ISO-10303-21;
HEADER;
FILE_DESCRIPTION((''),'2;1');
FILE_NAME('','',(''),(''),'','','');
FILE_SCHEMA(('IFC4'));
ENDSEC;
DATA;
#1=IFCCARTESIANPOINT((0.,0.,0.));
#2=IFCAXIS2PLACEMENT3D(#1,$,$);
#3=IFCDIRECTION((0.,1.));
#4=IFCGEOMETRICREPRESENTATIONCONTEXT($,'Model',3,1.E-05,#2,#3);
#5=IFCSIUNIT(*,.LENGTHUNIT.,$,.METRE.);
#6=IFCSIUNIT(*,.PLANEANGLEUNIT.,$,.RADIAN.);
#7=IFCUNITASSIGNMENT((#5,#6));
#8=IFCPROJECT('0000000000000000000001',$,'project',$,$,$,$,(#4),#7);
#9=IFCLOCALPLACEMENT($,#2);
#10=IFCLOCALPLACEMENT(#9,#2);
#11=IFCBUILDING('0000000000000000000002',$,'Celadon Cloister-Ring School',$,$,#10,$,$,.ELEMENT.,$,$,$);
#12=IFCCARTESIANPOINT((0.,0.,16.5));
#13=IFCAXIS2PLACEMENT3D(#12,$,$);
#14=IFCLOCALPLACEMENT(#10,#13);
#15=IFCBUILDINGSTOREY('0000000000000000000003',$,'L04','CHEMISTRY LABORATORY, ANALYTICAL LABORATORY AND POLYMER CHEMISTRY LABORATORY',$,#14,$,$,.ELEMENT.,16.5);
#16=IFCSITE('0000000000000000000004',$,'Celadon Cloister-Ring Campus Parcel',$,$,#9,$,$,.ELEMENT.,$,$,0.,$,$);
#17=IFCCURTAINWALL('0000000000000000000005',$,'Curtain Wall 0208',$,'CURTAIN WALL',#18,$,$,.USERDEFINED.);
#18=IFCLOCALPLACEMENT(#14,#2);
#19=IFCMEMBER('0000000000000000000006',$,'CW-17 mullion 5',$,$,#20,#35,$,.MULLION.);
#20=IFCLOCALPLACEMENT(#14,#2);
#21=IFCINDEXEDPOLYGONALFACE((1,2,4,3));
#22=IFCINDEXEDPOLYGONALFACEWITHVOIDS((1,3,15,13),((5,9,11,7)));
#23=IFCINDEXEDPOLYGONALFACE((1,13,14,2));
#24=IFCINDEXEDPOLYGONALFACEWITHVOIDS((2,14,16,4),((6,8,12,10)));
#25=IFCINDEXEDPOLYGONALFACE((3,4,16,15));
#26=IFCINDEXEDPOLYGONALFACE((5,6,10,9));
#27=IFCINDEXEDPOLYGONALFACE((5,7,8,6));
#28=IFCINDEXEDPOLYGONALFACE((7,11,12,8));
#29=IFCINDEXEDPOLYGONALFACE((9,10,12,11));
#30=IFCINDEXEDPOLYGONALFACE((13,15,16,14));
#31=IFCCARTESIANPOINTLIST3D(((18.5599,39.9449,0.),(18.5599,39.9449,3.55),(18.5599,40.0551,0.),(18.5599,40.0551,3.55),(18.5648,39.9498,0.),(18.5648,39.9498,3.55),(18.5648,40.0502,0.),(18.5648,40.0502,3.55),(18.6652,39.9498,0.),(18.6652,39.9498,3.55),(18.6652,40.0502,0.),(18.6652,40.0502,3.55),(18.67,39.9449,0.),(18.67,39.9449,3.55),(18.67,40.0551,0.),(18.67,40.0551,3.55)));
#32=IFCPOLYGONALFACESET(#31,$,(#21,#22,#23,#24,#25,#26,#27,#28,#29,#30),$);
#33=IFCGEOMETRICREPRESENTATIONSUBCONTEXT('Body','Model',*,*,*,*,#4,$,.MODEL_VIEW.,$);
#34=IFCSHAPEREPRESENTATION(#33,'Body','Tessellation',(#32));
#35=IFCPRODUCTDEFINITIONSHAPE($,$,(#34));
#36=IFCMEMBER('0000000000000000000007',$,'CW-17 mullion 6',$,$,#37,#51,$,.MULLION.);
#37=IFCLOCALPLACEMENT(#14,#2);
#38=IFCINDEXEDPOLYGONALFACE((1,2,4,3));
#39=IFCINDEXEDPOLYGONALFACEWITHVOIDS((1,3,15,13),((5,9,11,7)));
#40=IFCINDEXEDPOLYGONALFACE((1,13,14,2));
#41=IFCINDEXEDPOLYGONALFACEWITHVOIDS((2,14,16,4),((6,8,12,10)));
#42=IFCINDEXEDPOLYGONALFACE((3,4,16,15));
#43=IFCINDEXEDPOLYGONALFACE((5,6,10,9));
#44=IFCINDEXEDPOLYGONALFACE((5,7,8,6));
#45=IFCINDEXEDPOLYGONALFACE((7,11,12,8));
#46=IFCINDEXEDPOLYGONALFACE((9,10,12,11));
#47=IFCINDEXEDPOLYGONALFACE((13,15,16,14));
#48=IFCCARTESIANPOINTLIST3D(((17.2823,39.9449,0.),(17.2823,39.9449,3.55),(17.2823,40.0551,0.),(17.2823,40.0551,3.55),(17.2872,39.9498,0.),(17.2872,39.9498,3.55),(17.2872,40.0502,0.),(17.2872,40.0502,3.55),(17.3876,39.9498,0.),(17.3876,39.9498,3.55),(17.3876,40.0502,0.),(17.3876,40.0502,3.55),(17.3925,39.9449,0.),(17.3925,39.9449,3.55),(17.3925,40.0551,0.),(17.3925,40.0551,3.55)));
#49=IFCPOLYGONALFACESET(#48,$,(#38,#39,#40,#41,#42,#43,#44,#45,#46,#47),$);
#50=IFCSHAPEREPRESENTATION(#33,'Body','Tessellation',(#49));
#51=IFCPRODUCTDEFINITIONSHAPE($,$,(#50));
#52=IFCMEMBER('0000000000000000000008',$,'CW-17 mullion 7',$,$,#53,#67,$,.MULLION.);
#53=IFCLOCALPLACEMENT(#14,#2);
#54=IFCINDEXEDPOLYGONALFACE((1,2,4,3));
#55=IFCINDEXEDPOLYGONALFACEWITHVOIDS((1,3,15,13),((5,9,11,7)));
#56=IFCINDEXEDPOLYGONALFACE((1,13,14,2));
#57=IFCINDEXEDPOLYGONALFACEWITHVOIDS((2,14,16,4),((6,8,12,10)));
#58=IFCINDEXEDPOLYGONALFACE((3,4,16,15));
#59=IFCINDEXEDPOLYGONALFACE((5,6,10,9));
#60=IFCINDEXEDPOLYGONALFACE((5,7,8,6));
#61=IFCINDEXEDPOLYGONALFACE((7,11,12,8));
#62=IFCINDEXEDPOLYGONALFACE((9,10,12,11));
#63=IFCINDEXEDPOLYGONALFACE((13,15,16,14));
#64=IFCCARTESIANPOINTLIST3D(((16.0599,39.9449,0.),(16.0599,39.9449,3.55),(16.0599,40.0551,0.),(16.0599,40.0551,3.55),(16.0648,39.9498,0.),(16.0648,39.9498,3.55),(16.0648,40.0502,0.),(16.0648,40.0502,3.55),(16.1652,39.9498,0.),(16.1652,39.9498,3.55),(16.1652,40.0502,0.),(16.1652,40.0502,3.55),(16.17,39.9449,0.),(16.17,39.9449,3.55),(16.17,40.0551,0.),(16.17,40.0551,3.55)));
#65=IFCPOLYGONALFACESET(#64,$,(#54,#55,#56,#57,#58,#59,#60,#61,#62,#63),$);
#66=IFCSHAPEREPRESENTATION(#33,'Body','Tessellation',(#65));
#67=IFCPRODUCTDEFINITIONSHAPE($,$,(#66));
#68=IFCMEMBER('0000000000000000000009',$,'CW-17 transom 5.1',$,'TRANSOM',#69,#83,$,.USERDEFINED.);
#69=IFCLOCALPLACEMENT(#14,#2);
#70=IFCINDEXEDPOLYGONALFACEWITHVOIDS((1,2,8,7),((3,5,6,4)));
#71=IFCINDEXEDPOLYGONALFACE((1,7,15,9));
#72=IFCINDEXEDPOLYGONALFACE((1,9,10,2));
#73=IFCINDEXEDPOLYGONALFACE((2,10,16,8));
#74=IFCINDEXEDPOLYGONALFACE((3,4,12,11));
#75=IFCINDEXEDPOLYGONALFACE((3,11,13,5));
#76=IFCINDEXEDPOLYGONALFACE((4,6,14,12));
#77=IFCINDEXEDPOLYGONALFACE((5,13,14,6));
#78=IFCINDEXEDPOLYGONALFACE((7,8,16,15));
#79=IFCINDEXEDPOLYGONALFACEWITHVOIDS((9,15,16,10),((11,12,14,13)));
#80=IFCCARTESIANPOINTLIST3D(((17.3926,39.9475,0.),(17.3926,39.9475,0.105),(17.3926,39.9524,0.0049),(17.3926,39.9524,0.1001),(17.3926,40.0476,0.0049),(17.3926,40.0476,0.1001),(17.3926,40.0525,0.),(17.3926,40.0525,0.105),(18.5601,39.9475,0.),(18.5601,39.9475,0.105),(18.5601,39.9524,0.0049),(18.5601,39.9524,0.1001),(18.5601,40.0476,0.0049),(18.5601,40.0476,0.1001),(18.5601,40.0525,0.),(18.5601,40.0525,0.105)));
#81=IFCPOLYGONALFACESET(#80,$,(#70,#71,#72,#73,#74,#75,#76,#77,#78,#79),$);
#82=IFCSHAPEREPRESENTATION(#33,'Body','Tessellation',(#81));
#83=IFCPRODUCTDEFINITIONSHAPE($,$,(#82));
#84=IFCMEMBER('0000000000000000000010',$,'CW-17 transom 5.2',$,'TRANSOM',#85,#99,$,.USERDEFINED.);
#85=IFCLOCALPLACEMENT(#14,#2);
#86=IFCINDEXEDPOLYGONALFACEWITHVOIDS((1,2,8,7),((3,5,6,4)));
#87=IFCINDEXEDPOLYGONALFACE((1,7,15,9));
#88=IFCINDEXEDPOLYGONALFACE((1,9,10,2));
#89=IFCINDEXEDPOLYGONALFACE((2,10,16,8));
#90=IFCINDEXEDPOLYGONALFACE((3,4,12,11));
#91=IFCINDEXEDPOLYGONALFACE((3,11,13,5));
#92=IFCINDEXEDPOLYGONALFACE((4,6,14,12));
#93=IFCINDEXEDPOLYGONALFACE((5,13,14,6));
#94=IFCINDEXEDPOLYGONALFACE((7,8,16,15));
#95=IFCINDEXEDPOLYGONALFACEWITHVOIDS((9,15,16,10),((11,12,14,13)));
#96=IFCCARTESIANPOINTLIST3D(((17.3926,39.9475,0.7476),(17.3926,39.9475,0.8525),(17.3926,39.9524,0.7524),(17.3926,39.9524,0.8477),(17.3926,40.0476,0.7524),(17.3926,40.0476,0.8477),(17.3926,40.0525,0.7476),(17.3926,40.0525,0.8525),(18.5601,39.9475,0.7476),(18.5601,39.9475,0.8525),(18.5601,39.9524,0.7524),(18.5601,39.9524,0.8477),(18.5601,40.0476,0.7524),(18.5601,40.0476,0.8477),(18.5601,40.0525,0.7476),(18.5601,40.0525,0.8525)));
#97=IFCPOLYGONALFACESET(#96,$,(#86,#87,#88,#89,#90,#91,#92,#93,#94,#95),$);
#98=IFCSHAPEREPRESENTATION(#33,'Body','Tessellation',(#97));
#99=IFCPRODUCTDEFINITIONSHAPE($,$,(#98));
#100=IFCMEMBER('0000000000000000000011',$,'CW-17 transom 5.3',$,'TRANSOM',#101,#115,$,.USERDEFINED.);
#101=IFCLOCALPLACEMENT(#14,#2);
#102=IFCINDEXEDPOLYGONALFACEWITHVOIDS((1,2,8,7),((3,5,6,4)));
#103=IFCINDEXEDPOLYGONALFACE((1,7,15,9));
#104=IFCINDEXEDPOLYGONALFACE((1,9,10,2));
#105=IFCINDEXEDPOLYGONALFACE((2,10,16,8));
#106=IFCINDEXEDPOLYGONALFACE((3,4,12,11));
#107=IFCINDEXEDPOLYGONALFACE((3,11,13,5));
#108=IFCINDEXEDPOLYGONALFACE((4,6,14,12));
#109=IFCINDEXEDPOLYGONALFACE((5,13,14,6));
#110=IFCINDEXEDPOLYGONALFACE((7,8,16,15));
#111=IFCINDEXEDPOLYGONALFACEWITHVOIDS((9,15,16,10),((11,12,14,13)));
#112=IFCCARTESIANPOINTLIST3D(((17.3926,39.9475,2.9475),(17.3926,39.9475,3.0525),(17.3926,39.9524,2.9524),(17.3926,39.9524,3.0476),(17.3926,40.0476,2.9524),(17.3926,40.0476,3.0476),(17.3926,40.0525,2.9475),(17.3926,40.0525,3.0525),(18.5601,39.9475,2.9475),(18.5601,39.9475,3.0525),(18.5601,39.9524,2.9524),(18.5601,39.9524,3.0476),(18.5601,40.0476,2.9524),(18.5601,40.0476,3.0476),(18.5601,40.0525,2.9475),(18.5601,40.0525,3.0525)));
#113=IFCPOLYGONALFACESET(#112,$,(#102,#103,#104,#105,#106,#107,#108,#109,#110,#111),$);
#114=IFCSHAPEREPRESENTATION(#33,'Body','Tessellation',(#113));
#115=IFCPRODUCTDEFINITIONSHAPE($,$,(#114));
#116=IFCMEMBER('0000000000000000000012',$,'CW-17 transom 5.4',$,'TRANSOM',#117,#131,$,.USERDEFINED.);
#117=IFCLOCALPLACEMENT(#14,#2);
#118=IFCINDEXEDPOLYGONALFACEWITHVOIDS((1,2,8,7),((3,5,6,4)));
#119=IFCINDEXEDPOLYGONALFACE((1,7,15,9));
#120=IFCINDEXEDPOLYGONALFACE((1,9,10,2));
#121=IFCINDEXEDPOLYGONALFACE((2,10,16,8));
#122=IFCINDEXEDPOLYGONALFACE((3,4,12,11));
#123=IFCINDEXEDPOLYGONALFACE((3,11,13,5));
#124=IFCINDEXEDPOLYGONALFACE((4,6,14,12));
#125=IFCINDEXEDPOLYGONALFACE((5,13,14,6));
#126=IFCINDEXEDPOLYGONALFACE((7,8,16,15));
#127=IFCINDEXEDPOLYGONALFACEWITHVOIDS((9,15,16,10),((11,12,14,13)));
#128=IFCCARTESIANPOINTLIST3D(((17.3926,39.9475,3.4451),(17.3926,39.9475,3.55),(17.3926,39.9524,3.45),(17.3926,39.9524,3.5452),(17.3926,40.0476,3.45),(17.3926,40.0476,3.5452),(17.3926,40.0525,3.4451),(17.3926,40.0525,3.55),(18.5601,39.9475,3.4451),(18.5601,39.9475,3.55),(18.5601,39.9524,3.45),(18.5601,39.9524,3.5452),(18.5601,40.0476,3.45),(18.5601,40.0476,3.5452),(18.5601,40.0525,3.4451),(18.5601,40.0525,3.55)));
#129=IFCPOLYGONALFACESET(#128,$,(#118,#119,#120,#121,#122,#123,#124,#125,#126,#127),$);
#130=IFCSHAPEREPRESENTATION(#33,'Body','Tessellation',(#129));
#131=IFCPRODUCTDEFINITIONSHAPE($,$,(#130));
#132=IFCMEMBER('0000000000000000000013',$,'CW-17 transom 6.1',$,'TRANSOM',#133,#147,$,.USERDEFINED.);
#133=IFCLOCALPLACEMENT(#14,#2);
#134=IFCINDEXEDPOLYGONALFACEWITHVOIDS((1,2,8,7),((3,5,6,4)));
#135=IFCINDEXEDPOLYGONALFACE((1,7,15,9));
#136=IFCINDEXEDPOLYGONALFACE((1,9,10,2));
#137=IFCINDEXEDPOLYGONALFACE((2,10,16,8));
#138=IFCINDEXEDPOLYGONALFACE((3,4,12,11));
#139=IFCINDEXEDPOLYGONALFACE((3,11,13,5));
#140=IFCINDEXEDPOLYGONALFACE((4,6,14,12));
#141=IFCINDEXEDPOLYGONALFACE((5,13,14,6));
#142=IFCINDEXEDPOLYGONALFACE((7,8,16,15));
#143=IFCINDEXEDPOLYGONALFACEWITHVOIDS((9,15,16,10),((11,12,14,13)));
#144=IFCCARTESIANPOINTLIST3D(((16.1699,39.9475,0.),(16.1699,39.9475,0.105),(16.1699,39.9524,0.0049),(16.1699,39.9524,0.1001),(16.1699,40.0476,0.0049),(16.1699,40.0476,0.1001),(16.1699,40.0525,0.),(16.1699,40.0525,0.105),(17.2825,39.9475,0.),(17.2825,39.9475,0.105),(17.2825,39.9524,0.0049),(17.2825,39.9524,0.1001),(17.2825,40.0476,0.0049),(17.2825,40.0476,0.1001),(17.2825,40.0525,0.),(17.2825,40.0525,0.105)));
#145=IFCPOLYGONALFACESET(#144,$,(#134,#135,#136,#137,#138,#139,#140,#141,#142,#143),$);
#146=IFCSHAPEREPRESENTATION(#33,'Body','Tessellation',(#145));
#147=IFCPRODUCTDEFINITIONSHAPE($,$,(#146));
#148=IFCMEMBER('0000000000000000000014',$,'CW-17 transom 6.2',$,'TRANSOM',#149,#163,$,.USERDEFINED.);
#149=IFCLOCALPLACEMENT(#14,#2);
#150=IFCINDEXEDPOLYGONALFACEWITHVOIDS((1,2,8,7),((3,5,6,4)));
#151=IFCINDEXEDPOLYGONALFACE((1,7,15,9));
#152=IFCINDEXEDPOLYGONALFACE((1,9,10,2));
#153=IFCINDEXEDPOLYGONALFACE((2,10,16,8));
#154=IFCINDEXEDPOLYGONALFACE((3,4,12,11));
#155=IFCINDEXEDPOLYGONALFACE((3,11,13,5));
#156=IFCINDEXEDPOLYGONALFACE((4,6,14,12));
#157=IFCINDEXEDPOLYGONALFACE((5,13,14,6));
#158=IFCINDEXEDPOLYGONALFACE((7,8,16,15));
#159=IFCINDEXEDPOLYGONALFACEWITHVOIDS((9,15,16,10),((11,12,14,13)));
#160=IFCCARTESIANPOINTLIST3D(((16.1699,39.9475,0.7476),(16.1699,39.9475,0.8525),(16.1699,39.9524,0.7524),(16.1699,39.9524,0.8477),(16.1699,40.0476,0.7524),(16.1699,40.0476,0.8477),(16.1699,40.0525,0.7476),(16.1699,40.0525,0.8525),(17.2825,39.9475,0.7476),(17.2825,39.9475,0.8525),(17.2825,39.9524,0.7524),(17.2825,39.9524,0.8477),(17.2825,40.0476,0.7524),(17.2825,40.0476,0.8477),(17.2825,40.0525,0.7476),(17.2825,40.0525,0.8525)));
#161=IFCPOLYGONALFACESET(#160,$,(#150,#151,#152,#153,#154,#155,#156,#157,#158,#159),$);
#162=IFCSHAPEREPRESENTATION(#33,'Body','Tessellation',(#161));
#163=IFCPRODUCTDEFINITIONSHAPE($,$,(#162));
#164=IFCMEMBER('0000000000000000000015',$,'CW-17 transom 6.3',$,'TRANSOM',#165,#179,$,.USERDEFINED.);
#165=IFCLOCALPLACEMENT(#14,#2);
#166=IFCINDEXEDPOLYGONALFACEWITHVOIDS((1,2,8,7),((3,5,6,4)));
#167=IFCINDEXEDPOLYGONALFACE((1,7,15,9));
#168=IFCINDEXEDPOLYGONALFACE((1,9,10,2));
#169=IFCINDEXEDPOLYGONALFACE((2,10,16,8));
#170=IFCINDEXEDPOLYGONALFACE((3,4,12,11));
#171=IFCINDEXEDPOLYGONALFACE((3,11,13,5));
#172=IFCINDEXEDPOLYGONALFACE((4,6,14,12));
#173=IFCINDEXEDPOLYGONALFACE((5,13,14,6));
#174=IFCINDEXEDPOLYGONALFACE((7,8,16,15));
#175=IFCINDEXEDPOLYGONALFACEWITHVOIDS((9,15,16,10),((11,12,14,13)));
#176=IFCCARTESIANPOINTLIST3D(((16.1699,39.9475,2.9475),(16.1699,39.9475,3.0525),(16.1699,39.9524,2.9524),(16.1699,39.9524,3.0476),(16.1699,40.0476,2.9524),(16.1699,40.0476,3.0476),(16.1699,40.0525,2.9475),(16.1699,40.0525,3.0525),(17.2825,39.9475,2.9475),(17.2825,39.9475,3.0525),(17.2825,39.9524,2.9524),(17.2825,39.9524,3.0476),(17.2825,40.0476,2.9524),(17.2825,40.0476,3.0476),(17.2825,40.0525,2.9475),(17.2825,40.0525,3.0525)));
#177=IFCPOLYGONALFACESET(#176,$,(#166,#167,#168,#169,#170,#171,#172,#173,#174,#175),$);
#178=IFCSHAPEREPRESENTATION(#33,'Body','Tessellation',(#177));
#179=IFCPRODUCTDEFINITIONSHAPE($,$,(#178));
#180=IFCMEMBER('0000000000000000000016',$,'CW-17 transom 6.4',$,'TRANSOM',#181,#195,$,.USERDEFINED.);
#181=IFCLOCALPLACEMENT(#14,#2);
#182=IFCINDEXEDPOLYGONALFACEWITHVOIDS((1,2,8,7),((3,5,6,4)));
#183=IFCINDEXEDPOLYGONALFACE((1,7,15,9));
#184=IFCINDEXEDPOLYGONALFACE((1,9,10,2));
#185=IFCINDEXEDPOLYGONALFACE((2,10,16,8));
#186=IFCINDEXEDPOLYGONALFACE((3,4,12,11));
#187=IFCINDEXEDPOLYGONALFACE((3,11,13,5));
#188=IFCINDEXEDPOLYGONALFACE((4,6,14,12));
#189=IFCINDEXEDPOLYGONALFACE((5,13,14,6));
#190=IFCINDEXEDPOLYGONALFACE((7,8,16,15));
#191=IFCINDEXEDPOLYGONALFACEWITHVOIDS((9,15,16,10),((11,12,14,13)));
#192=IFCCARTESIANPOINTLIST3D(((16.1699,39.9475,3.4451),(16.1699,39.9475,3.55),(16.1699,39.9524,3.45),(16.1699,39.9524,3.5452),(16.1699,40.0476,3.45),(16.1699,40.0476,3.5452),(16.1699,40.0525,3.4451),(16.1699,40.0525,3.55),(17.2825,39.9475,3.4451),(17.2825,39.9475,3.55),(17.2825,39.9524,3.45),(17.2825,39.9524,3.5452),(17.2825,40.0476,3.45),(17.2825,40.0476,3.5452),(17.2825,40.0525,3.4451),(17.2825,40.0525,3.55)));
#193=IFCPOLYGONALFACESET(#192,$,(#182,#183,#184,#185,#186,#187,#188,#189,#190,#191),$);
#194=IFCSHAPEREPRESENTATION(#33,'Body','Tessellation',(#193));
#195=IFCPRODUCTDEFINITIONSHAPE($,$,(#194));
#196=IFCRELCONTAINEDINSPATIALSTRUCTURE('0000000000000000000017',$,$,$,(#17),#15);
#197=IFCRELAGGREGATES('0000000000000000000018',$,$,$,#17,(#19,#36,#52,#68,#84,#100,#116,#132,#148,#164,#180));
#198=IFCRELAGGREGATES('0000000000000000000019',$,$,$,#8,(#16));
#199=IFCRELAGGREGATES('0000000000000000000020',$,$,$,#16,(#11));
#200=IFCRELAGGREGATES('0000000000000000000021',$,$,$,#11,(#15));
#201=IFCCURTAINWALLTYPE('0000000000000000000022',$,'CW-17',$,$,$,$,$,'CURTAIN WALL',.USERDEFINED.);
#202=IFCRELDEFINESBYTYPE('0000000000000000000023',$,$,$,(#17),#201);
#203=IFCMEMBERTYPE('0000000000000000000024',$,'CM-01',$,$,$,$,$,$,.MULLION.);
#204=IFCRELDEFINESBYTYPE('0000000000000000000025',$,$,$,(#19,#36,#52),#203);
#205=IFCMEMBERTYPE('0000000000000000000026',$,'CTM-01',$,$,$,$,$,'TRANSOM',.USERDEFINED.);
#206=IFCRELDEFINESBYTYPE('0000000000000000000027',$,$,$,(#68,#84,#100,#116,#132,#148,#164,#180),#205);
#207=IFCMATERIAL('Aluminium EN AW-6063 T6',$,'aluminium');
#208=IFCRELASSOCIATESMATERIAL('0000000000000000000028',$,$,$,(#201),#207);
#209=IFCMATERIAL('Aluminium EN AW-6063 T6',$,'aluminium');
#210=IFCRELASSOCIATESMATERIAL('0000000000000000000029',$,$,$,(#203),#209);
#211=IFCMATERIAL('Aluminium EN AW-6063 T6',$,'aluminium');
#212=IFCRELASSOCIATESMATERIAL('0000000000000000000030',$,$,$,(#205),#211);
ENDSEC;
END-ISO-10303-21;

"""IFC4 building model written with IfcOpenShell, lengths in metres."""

from ifc_helpers import new_model, si_unit, direction, frame, origin, origin_2d, place, context, subcontext, project, spatial, hollow_rectangle, extrude, material, material_profile, profile_set, type_object, element, aggregate, save


model = new_model("IFC4")

# Units and contexts
model_context = context("Model", 3, precision=1e-05, world=origin(), true_north=direction((0.0, 1.0)))
body_context = subcontext(model_context, "Body", "Model", "MODEL_VIEW")
ifc_project = project(units=[si_unit("LENGTHUNIT", "METRE"), si_unit("PLANEANGLEUNIT", "RADIAN")], contexts=[model_context])

# Site, building, storey
site_placement = place(None, origin())
site = spatial("IfcSite", under=ifc_project, at=site_placement, Name="Celadon Cloister-Ring Campus Parcel", CompositionType="ELEMENT", RefElevation=0.0)
building_placement = place(site_placement, origin())
building = spatial("IfcBuilding", under=site, at=building_placement, Name="Celadon Cloister-Ring School", CompositionType="ELEMENT")
storey_placement = place(building_placement, frame((0.0, 0.0, 16.5)))
storey = spatial("IfcBuildingStorey", under=building, at=storey_placement, Name="L04", Description="CHEMISTRY LABORATORY, ANALYTICAL LABORATORY AND POLYMER CHEMISTRY LABORATORY", CompositionType="ELEMENT", Elevation=16.5)

# Curtain wall, members
ifc_material_1 = material(Name="Aluminium EN AW-6063 T6", Category="aluminium")
curtain_wall_type = type_object("IfcCurtainWallType", Name="CW-17", ElementType="CURTAIN WALL", PredefinedType="USERDEFINED", material=ifc_material_1)
curtain_wall_placement = place(storey_placement, origin())
curtain_wall = element("IfcCurtainWall", 1, at=curtain_wall_placement, inside=storey, type_object=curtain_wall_type, Name="Curtain Wall 0208", ObjectType="CURTAIN WALL", PredefinedType="USERDEFINED")
ifc_material_2 = material(Name="Aluminium EN AW-6063 T6", Category="aluminium")
ifc_material_profile_1 = material_profile(ifc_material_2, hollow_rectangle(XDim=0.1101, YDim=0.1101, WallThickness=0.0049, at=origin_2d()), Name="RHS110X110X5")
ifc_profile_set_1 = profile_set([ifc_material_profile_1], Name="Aluminium EN AW-6063 T6")
member_type_1 = type_object("IfcMemberType", Name="CM-01", PredefinedType="MULLION", material=ifc_profile_set_1)
member_1_placement = place(storey_placement, frame((18.615, 40.0, 0.0), z_axis=(0.0, 0.0, 1.0), x_axis=(0.0, -1.0, 0.0)))
member_1 = element("IfcMember", 2, at=member_1_placement, type_object=member_type_1, Name="CW-17 mullion 5", PredefinedType="MULLION", context=body_context, shape_type="SweptSolid", body=[
    extrude(hollow_rectangle(XDim=0.1101, YDim=0.1101, WallThickness=0.0049, at=origin_2d()), origin(), (0.0, 0.0, 1.0), 3.55),
])
member_2_placement = place(storey_placement, frame((17.3374, 40.0, 0.0), z_axis=(0.0, 0.0, 1.0), x_axis=(0.0, -1.0, 0.0)))
member_2 = element("IfcMember", 3, at=member_2_placement, type_object=member_type_1, Name="CW-17 mullion 6", PredefinedType="MULLION", context=body_context, shape_type="SweptSolid", body=[
    extrude(hollow_rectangle(XDim=0.1101, YDim=0.1101, WallThickness=0.0049, at=origin_2d()), origin(), (0.0, 0.0, 1.0), 3.55),
])
member_3_placement = place(storey_placement, frame((16.115, 40.0, 0.0), z_axis=(0.0, 0.0, 1.0), x_axis=(0.0, -1.0, 0.0)))
member_3 = element("IfcMember", 4, at=member_3_placement, type_object=member_type_1, Name="CW-17 mullion 7", PredefinedType="MULLION", context=body_context, shape_type="SweptSolid", body=[
    extrude(hollow_rectangle(XDim=0.1101, YDim=0.1101, WallThickness=0.0049, at=origin_2d()), origin(), (0.0, 0.0, 1.0), 3.55),
])
ifc_material_3 = material(Name="Aluminium EN AW-6063 T6", Category="aluminium")
ifc_material_profile_2 = material_profile(ifc_material_3, hollow_rectangle(XDim=0.105, YDim=0.105, WallThickness=0.0049, at=origin_2d()), Name="RHS105X105X5")
ifc_profile_set_2 = profile_set([ifc_material_profile_2], Name="Aluminium EN AW-6063 T6")
member_type_2 = type_object("IfcMemberType", Name="CTM-01", ElementType="TRANSOM", PredefinedType="USERDEFINED", material=ifc_profile_set_2)
member_4_placement = place(storey_placement, frame((18.5601, 40.0, 0.0525), z_axis=(-1.0, 0.0, 0.0), x_axis=(0.0, -1.0, 0.0)))
member_4 = element("IfcMember", 5, at=member_4_placement, type_object=member_type_2, Name="CW-17 transom 5.1", ObjectType="TRANSOM", PredefinedType="USERDEFINED", context=body_context, shape_type="SweptSolid", body=[
    extrude(hollow_rectangle(XDim=0.105, YDim=0.105, WallThickness=0.0049, at=origin_2d()), origin(), (0.0, 0.0, 1.0), 1.1675),
])
member_5_placement = place(storey_placement, frame((18.5601, 40.0, 0.8), z_axis=(-1.0, 0.0, 0.0), x_axis=(0.0, -1.0, 0.0)))
member_5 = element("IfcMember", 6, at=member_5_placement, type_object=member_type_2, Name="CW-17 transom 5.2", ObjectType="TRANSOM", PredefinedType="USERDEFINED", context=body_context, shape_type="SweptSolid", body=[
    extrude(hollow_rectangle(XDim=0.105, YDim=0.105, WallThickness=0.0049, at=origin_2d()), origin(), (0.0, 0.0, 1.0), 1.1675),
])
member_6_placement = place(storey_placement, frame((18.5601, 40.0, 3.0), z_axis=(-1.0, 0.0, 0.0), x_axis=(0.0, -1.0, 0.0)))
member_6 = element("IfcMember", 7, at=member_6_placement, type_object=member_type_2, Name="CW-17 transom 5.3", ObjectType="TRANSOM", PredefinedType="USERDEFINED", context=body_context, shape_type="SweptSolid", body=[
    extrude(hollow_rectangle(XDim=0.105, YDim=0.105, WallThickness=0.0049, at=origin_2d()), origin(), (0.0, 0.0, 1.0), 1.1675),
])
member_7_placement = place(storey_placement, frame((18.5601, 40.0, 3.4976), z_axis=(-1.0, 0.0, 0.0), x_axis=(0.0, -1.0, 0.0)))
member_7 = element("IfcMember", 8, at=member_7_placement, type_object=member_type_2, Name="CW-17 transom 5.4", ObjectType="TRANSOM", PredefinedType="USERDEFINED", context=body_context, shape_type="SweptSolid", body=[
    extrude(hollow_rectangle(XDim=0.105, YDim=0.105, WallThickness=0.0049, at=origin_2d()), origin(), (0.0, 0.0, 1.0), 1.1675),
])
member_8_placement = place(storey_placement, frame((17.2825, 40.0, 0.0525), z_axis=(-1.0, 0.0, 0.0), x_axis=(0.0, -1.0, 0.0)))
member_8 = element("IfcMember", 9, at=member_8_placement, type_object=member_type_2, Name="CW-17 transom 6.1", ObjectType="TRANSOM", PredefinedType="USERDEFINED", context=body_context, shape_type="SweptSolid", body=[
    extrude(hollow_rectangle(XDim=0.105, YDim=0.105, WallThickness=0.0049, at=origin_2d()), origin(), (0.0, 0.0, 1.0), 1.1125),
])
member_9_placement = place(storey_placement, frame((17.2825, 40.0, 0.8), z_axis=(-1.0, 0.0, 0.0), x_axis=(0.0, -1.0, 0.0)))
member_9 = element("IfcMember", 10, at=member_9_placement, type_object=member_type_2, Name="CW-17 transom 6.2", ObjectType="TRANSOM", PredefinedType="USERDEFINED", context=body_context, shape_type="SweptSolid", body=[
    extrude(hollow_rectangle(XDim=0.105, YDim=0.105, WallThickness=0.0049, at=origin_2d()), origin(), (0.0, 0.0, 1.0), 1.1125),
])
member_10_placement = place(storey_placement, frame((17.2825, 40.0, 3.0), z_axis=(-1.0, 0.0, 0.0), x_axis=(0.0, -1.0, 0.0)))
member_10 = element("IfcMember", 11, at=member_10_placement, type_object=member_type_2, Name="CW-17 transom 6.3", ObjectType="TRANSOM", PredefinedType="USERDEFINED", context=body_context, shape_type="SweptSolid", body=[
    extrude(hollow_rectangle(XDim=0.105, YDim=0.105, WallThickness=0.0049, at=origin_2d()), origin(), (0.0, 0.0, 1.0), 1.1125),
])
member_11_placement = place(storey_placement, frame((17.2825, 40.0, 3.4976), z_axis=(-1.0, 0.0, 0.0), x_axis=(0.0, -1.0, 0.0)))
member_11 = element("IfcMember", 12, at=member_11_placement, type_object=member_type_2, Name="CW-17 transom 6.4", ObjectType="TRANSOM", PredefinedType="USERDEFINED", context=body_context, shape_type="SweptSolid", body=[
    extrude(hollow_rectangle(XDim=0.105, YDim=0.105, WallThickness=0.0049, at=origin_2d()), origin(), (0.0, 0.0, 1.0), 1.1125),
])
aggregate(curtain_wall, [member_1, member_2, member_3, member_4, member_5, member_6, member_7, member_8, member_9, member_10, member_11])

save(model, "model.ifc")
